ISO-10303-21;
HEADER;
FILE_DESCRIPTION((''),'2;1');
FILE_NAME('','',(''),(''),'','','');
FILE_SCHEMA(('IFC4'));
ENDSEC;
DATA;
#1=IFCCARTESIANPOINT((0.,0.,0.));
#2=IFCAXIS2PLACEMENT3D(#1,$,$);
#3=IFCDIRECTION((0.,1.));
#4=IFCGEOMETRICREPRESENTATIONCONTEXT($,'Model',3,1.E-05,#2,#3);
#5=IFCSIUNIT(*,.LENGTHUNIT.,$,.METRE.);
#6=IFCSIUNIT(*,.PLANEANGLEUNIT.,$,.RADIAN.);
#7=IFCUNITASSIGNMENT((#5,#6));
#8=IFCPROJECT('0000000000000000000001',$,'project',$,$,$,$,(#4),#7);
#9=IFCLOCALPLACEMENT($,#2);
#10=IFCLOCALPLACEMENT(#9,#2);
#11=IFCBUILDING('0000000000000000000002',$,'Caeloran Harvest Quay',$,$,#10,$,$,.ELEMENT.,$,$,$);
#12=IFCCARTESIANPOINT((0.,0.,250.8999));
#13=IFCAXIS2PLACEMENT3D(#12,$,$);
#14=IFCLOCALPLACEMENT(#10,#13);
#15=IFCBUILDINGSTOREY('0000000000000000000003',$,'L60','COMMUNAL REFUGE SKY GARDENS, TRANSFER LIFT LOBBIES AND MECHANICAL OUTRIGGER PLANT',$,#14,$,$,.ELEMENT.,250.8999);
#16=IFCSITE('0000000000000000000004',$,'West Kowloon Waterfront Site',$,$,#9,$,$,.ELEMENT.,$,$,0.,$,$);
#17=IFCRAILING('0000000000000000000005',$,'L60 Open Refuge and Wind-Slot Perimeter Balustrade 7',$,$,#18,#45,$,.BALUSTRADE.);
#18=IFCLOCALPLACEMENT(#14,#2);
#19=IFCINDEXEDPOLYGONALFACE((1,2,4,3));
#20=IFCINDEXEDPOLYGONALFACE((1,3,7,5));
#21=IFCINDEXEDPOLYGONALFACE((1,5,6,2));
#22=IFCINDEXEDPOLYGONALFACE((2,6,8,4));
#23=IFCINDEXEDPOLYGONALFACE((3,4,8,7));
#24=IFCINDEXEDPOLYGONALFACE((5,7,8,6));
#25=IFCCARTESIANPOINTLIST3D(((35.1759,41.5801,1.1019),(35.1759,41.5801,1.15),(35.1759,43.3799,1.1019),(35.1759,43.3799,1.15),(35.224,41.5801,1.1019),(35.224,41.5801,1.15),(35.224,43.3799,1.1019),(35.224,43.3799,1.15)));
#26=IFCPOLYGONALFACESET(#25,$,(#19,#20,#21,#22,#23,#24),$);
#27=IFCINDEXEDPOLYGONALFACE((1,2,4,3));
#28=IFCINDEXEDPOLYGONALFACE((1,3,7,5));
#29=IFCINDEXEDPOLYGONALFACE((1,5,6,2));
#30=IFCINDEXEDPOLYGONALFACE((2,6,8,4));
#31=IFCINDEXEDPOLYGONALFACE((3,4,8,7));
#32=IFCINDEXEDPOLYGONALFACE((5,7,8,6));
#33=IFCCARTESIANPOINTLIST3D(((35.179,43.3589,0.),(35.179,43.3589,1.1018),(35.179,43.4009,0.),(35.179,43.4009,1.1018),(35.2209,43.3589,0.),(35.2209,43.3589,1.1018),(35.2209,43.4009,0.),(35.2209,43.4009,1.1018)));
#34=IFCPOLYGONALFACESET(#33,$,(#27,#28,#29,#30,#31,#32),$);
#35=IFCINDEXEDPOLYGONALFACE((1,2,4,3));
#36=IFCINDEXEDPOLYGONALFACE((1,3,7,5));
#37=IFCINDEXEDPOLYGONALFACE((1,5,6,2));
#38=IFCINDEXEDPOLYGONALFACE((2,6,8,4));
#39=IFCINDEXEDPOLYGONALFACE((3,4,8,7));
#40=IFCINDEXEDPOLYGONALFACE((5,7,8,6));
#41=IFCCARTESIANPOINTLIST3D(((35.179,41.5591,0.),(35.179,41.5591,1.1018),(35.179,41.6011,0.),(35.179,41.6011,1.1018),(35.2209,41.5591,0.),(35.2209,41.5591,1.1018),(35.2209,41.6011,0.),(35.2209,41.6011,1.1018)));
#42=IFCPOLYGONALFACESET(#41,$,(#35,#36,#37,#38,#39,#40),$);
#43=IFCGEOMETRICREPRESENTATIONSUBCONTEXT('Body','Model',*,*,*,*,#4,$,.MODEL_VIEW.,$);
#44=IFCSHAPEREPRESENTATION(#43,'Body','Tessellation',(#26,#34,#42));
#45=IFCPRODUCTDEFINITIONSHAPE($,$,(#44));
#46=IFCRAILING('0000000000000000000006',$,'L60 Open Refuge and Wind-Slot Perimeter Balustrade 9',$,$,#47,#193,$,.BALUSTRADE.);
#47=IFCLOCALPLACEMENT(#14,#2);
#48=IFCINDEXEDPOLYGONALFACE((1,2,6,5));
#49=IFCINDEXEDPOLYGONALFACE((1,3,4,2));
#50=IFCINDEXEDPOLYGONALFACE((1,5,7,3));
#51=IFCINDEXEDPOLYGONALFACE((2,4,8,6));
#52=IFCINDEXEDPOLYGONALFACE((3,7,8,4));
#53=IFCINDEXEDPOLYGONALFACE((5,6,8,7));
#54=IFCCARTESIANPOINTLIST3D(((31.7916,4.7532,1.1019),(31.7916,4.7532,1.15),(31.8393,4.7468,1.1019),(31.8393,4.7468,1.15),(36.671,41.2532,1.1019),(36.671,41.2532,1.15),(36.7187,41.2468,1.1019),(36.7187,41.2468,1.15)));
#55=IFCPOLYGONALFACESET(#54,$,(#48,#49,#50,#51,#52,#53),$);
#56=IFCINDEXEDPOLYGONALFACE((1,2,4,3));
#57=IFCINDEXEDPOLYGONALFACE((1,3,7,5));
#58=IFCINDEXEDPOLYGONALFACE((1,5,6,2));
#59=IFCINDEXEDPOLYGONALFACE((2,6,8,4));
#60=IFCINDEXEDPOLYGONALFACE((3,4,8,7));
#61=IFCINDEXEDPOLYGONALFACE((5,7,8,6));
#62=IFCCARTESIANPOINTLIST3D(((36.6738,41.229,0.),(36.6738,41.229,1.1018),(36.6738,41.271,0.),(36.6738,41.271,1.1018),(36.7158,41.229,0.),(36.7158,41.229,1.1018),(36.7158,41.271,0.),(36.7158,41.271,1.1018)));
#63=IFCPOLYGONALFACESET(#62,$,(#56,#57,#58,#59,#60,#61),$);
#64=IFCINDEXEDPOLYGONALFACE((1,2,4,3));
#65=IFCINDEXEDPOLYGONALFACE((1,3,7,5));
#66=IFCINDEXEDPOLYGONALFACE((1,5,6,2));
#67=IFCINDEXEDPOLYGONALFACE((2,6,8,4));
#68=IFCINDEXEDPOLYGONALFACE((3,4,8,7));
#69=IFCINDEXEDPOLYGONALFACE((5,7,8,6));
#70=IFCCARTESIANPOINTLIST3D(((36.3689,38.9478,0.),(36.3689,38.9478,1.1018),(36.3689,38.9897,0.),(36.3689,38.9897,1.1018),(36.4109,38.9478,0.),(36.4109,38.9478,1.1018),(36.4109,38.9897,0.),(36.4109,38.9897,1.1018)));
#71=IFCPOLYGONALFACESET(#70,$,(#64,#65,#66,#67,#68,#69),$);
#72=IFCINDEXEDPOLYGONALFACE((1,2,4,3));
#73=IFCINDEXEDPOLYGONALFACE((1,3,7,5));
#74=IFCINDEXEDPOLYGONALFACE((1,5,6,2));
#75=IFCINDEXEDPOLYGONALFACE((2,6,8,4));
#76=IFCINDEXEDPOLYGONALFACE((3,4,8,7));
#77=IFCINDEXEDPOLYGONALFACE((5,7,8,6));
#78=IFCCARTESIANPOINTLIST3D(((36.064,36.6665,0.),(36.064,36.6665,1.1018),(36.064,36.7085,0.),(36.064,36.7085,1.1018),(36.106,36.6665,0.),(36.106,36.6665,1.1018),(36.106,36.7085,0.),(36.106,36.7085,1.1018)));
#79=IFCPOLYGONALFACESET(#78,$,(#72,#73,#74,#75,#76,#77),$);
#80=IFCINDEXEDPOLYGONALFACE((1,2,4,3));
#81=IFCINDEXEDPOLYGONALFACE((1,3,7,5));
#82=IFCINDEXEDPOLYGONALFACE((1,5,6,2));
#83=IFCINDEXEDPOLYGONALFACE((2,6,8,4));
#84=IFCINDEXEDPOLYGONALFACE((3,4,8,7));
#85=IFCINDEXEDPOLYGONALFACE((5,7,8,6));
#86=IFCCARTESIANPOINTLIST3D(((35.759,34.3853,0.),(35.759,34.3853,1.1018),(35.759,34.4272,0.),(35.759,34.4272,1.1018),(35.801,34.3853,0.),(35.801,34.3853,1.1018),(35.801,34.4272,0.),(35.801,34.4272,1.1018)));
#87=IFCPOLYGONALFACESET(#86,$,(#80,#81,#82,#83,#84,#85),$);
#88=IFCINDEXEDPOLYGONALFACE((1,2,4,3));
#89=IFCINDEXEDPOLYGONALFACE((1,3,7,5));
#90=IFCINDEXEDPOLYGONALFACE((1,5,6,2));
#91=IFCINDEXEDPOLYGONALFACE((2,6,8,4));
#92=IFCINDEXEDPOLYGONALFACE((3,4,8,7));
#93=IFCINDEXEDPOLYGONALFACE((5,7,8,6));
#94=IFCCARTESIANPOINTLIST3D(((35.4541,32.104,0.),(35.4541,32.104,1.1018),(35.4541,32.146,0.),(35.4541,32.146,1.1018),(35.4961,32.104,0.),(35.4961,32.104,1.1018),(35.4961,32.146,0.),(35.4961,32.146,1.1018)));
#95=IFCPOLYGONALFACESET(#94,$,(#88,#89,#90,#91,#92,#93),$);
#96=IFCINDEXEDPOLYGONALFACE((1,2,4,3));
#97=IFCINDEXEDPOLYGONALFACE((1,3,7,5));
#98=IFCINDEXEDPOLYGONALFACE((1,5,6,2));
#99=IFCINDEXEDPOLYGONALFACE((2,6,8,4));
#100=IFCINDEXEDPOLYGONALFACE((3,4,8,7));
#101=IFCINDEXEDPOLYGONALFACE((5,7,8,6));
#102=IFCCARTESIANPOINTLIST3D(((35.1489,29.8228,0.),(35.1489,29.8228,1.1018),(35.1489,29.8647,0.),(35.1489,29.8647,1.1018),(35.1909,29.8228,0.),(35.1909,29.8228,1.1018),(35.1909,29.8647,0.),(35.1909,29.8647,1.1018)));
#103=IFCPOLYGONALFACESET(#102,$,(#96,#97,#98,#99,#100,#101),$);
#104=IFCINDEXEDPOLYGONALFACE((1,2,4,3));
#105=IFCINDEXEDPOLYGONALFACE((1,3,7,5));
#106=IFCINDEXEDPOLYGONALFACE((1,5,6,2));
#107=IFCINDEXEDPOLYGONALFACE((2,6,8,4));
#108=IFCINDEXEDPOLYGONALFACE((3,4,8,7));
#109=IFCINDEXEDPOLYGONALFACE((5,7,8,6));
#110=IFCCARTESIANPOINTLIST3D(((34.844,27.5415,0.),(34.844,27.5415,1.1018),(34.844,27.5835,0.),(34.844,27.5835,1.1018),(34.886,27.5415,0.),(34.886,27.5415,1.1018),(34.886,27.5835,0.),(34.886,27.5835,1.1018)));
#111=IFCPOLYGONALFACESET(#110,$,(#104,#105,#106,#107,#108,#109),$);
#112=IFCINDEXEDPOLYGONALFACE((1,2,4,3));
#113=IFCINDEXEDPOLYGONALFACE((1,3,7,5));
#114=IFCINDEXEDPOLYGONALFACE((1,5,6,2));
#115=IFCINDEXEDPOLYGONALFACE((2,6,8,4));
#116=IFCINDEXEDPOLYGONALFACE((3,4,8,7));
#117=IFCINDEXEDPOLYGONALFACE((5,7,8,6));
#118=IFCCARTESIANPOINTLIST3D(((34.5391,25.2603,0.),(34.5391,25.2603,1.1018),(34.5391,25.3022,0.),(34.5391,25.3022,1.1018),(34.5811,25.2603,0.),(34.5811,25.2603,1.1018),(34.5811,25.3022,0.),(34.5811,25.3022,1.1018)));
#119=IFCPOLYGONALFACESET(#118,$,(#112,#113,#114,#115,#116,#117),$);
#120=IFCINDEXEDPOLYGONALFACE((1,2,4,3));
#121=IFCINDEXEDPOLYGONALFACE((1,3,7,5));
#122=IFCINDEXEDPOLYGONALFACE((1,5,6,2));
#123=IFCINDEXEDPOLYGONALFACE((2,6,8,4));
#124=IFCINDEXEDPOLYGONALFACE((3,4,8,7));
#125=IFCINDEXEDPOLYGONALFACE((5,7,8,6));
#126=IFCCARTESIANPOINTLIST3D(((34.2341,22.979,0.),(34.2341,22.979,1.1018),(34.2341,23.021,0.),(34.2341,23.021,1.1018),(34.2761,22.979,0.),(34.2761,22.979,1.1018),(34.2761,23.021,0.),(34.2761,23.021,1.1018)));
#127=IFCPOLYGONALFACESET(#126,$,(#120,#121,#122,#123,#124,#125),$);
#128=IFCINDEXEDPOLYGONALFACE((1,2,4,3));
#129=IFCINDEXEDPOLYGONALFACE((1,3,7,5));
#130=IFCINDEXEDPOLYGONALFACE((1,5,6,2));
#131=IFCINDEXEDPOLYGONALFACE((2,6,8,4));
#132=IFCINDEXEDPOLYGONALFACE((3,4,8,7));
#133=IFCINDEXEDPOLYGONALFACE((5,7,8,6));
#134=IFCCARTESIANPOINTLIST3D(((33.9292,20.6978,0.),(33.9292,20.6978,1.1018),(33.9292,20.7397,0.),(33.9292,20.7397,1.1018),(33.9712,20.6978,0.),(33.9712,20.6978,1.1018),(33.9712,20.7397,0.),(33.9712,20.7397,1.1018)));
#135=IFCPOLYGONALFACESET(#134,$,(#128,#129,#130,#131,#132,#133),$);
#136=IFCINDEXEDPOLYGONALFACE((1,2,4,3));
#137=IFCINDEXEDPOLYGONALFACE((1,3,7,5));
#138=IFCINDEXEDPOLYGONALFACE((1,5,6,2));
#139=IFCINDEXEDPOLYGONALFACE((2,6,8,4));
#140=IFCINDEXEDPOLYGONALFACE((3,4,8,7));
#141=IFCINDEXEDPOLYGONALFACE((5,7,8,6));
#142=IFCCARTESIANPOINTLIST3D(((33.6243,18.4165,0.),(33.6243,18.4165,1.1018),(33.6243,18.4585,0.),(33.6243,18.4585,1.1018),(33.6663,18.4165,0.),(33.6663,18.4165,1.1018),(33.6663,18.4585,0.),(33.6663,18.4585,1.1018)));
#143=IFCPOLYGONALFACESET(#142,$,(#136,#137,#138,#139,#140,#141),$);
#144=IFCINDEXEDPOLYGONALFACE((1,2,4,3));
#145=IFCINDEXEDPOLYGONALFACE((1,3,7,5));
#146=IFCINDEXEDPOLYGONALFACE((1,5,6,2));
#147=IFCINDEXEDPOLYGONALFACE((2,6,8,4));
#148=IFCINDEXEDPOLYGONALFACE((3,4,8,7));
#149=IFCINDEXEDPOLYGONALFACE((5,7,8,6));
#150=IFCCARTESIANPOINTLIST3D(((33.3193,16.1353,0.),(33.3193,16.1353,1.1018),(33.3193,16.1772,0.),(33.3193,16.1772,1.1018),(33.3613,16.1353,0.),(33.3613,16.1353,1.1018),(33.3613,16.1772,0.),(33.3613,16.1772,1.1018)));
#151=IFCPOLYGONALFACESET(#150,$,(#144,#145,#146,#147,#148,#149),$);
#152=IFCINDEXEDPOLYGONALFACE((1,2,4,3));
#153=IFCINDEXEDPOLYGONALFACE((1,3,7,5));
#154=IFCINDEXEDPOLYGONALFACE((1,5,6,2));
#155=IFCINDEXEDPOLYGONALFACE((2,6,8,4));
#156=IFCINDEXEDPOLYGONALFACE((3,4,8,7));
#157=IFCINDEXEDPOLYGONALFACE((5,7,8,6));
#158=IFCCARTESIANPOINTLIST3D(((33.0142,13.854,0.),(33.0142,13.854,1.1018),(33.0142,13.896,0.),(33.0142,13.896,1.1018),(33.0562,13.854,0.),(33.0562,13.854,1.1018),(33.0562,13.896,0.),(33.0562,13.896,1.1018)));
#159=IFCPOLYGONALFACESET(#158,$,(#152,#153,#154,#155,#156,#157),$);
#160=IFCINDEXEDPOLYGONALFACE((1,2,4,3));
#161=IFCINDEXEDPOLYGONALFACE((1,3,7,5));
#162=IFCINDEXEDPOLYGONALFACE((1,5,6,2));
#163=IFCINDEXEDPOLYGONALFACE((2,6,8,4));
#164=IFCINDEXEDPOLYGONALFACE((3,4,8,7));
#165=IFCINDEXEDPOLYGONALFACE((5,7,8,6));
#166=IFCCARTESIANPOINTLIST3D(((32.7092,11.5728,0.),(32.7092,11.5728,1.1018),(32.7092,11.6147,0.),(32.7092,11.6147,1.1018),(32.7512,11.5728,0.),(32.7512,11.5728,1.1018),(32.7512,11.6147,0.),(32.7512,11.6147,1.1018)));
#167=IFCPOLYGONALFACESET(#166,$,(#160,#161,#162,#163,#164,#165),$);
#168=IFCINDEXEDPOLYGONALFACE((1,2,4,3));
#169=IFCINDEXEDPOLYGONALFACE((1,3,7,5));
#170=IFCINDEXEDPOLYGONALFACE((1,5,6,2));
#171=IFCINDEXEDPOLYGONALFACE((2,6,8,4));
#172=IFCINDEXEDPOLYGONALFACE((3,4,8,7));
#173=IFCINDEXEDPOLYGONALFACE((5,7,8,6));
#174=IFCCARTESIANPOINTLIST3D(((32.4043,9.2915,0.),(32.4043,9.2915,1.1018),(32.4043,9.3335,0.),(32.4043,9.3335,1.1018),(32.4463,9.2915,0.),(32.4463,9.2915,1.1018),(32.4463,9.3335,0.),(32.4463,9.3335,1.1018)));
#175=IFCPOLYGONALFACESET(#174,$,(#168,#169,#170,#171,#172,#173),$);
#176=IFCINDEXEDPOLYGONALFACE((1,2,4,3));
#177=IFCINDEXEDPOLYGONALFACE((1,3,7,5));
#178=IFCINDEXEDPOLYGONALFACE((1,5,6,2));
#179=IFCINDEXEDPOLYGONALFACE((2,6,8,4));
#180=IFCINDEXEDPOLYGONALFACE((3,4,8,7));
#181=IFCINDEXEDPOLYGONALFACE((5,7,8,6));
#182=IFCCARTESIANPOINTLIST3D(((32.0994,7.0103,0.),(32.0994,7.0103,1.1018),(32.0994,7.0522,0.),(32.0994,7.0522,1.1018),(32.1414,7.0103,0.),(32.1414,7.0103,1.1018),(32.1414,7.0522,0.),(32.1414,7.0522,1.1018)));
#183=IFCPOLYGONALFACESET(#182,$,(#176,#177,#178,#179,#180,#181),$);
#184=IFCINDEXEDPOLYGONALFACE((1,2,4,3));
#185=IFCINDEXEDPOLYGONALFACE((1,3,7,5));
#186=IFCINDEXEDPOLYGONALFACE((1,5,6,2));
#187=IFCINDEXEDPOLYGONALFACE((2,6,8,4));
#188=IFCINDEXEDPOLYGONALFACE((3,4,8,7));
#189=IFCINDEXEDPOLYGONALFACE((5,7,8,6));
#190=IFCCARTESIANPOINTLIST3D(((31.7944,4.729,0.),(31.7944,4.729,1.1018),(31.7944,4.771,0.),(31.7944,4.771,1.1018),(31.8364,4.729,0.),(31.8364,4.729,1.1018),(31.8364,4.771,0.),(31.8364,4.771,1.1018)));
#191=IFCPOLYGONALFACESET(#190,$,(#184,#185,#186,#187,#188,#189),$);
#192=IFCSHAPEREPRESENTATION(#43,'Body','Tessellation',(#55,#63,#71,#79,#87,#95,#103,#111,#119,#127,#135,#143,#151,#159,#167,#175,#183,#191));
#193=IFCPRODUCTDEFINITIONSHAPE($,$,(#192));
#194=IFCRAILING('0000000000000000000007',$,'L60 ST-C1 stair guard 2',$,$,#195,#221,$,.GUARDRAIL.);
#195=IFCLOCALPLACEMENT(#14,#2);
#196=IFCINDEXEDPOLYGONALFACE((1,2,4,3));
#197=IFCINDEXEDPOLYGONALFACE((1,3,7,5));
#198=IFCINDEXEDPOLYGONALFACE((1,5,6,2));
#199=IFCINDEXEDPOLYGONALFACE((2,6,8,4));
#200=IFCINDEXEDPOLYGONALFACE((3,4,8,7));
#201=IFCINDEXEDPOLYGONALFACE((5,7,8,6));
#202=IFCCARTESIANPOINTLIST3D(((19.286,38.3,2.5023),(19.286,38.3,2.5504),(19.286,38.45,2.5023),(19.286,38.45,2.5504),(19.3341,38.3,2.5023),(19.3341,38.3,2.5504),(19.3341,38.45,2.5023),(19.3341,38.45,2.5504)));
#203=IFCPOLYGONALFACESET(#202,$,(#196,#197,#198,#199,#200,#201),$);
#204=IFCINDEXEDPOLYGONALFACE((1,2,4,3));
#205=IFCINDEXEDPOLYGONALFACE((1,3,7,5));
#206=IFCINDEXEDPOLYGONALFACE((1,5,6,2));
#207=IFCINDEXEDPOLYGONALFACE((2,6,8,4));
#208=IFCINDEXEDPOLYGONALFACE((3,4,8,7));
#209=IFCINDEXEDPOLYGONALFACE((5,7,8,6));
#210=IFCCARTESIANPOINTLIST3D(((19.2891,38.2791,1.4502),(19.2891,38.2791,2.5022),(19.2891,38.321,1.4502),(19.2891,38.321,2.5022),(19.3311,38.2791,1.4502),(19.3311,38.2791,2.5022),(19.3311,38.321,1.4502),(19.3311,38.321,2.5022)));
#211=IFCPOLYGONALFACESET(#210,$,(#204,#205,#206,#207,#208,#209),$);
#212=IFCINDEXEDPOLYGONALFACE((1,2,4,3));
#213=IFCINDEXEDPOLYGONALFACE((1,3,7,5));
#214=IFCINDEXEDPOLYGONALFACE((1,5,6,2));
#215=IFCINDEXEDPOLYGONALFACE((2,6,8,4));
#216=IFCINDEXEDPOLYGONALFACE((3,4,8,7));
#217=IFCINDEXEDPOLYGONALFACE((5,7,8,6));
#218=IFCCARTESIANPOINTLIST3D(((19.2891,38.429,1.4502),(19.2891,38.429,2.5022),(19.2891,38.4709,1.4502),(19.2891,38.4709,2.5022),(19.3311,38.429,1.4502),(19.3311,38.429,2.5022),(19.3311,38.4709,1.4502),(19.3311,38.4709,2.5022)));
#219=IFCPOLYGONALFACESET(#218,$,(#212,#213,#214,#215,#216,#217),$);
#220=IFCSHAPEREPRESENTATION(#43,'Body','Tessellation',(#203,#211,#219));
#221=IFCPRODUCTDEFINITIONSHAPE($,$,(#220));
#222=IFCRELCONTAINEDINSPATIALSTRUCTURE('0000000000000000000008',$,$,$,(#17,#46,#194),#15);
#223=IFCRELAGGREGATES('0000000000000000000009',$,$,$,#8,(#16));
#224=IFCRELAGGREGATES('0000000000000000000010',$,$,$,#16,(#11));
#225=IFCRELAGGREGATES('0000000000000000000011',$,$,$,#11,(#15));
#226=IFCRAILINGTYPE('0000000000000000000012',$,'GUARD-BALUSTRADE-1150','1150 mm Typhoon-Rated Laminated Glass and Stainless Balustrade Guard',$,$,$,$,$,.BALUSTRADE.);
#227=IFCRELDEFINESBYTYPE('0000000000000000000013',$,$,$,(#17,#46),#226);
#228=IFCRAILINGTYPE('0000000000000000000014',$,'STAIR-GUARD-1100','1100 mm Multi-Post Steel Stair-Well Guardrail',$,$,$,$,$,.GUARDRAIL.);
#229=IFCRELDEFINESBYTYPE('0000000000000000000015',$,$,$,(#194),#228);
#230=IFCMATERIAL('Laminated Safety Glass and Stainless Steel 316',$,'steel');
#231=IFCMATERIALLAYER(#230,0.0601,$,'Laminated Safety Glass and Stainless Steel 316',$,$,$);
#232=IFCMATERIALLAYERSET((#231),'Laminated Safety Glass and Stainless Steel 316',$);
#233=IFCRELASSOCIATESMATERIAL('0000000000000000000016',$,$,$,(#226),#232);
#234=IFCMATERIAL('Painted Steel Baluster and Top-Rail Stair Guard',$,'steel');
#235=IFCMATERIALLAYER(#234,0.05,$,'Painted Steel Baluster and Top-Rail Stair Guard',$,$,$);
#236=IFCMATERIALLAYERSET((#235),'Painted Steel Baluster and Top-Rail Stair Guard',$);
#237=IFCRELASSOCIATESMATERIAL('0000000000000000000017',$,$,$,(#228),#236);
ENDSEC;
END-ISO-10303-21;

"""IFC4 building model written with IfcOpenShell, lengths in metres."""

from ifc_helpers import new_model, si_unit, direction, frame, origin, origin_2d, place, context, subcontext, project, spatial, rectangle, extrude, material, layer, layer_set, type_object, element, save


model = new_model("IFC4")

# Units and contexts
model_context = context("Model", 3, precision=1e-05, world=origin(), true_north=direction((0.0, 1.0)))
body_context = subcontext(model_context, "Body", "Model", "MODEL_VIEW")
ifc_project = project(units=[si_unit("LENGTHUNIT", "METRE"), si_unit("PLANEANGLEUNIT", "RADIAN")], contexts=[model_context])

# Site, building, storey
site_placement = place(None, origin())
site = spatial("IfcSite", under=ifc_project, at=site_placement, Name="West Kowloon Waterfront Site", CompositionType="ELEMENT", RefElevation=0.0)
building_placement = place(site_placement, origin())
building = spatial("IfcBuilding", under=site, at=building_placement, Name="Caeloran Harvest Quay", CompositionType="ELEMENT")
storey_placement = place(building_placement, frame((0.0, 0.0, 250.8999)))
storey = spatial("IfcBuildingStorey", under=building, at=storey_placement, Name="L60", Description="COMMUNAL REFUGE SKY GARDENS, TRANSFER LIFT LOBBIES AND MECHANICAL OUTRIGGER PLANT", CompositionType="ELEMENT", Elevation=250.8999)

# Railings
ifc_material_1 = material(Name="Laminated Safety Glass and Stainless Steel 316", Category="steel")
ifc_layer_1 = layer(ifc_material_1, 0.0601, Name="Laminated Safety Glass and Stainless Steel 316")
ifc_layer_set_1 = layer_set([ifc_layer_1], Name="Laminated Safety Glass and Stainless Steel 316")
railing_type_1 = type_object("IfcRailingType", Name="GUARD-BALUSTRADE-1150", Description="1150 mm Typhoon-Rated Laminated Glass and Stainless Balustrade Guard", PredefinedType="BALUSTRADE", material=ifc_layer_set_1)
railing_1_placement = place(storey_placement, frame((35.2, 43.3799, 0.0)))
element("IfcRailing", 1, at=railing_1_placement, inside=storey, type_object=railing_type_1, Name="L60 Open Refuge and Wind-Slot Perimeter Balustrade 7", PredefinedType="BALUSTRADE", context=body_context, shape_type="SweptSolid", body=[
    extrude(rectangle(XDim=0.0481, YDim=0.0481, at=origin_2d()), frame((0.0, 0.0, 1.126), z_axis=(0.0, -1.0, 0.0), x_axis=(1.0, 0.0, 0.0)), (0.0, 0.0, 1.0), 1.7998),
    extrude(rectangle(XDim=0.042, YDim=0.042, at=origin_2d()), origin(), (0.0, 0.0, 1.0), 1.1018),
    extrude(rectangle(XDim=0.042, YDim=0.042, at=origin_2d()), frame((0.0, -1.7998, 0.0)), (0.0, 0.0, 1.0), 1.1018),
])
railing_2_placement = place(storey_placement, frame((36.6948, 41.25, 0.0)))
element("IfcRailing", 2, at=railing_2_placement, inside=storey, type_object=railing_type_1, Name="L60 Open Refuge and Wind-Slot Perimeter Balustrade 9", PredefinedType="BALUSTRADE", context=body_context, shape_type="SweptSolid", body=[
    extrude(rectangle(XDim=0.0481, YDim=0.0481, at=origin_2d()), frame((0.0, 0.0, 1.126), z_axis=(-0.132503, -0.991183, 0.0), x_axis=(0.991183, -0.132503, 0.0)), (0.0, 0.0, 1.0), 36.8247),
    extrude(rectangle(XDim=0.042, YDim=0.042, at=origin_2d()), origin(), (0.0, 0.0, 1.0), 1.1018),
    extrude(rectangle(XDim=0.042, YDim=0.042, at=origin_2d()), frame((-0.3049, -2.2812, 0.0)), (0.0, 0.0, 1.0), 1.1018),
    extrude(rectangle(XDim=0.042, YDim=0.042, at=origin_2d()), frame((-0.6099, -4.5625, 0.0)), (0.0, 0.0, 1.0), 1.1018),
    extrude(rectangle(XDim=0.042, YDim=0.042, at=origin_2d()), frame((-0.9148, -6.8438, 0.0)), (0.0, 0.0, 1.0), 1.1018),
    extrude(rectangle(XDim=0.042, YDim=0.042, at=origin_2d()), frame((-1.2197, -9.125, 0.0)), (0.0, 0.0, 1.0), 1.1018),
    extrude(rectangle(XDim=0.042, YDim=0.042, at=origin_2d()), frame((-1.5249, -11.4062, 0.0)), (0.0, 0.0, 1.0), 1.1018),
    extrude(rectangle(XDim=0.042, YDim=0.042, at=origin_2d()), frame((-1.8298, -13.6875, 0.0)), (0.0, 0.0, 1.0), 1.1018),
    extrude(rectangle(XDim=0.042, YDim=0.042, at=origin_2d()), frame((-2.1348, -15.9688, 0.0)), (0.0, 0.0, 1.0), 1.1018),
    extrude(rectangle(XDim=0.042, YDim=0.042, at=origin_2d()), frame((-2.4397, -18.25, 0.0)), (0.0, 0.0, 1.0), 1.1018),
    extrude(rectangle(XDim=0.042, YDim=0.042, at=origin_2d()), frame((-2.7446, -20.5312, 0.0)), (0.0, 0.0, 1.0), 1.1018),
    extrude(rectangle(XDim=0.042, YDim=0.042, at=origin_2d()), frame((-3.0496, -22.8125, 0.0)), (0.0, 0.0, 1.0), 1.1018),
    extrude(rectangle(XDim=0.042, YDim=0.042, at=origin_2d()), frame((-3.3545, -25.0938, 0.0)), (0.0, 0.0, 1.0), 1.1018),
    extrude(rectangle(XDim=0.042, YDim=0.042, at=origin_2d()), frame((-3.6597, -27.375, 0.0)), (0.0, 0.0, 1.0), 1.1018),
    extrude(rectangle(XDim=0.042, YDim=0.042, at=origin_2d()), frame((-3.9646, -29.6562, 0.0)), (0.0, 0.0, 1.0), 1.1018),
    extrude(rectangle(XDim=0.042, YDim=0.042, at=origin_2d()), frame((-4.2695, -31.9375, 0.0)), (0.0, 0.0, 1.0), 1.1018),
    extrude(rectangle(XDim=0.042, YDim=0.042, at=origin_2d()), frame((-4.5745, -34.2188, 0.0)), (0.0, 0.0, 1.0), 1.1018),
    extrude(rectangle(XDim=0.042, YDim=0.042, at=origin_2d()), frame((-4.8794, -36.5, 0.0)), (0.0, 0.0, 1.0), 1.1018),
])
ifc_material_2 = material(Name="Painted Steel Baluster and Top-Rail Stair Guard", Category="steel")
ifc_layer_2 = layer(ifc_material_2, 0.05, Name="Painted Steel Baluster and Top-Rail Stair Guard")
ifc_layer_set_2 = layer_set([ifc_layer_2], Name="Painted Steel Baluster and Top-Rail Stair Guard")
railing_type_2 = type_object("IfcRailingType", Name="STAIR-GUARD-1100", Description="1100 mm Multi-Post Steel Stair-Well Guardrail", PredefinedType="GUARDRAIL", material=ifc_layer_set_2)
for number, where, name in (
    (3, (19.3101, 38.3, 1.4502), "L60 ST-C1 stair guard 2"),
):
    element("IfcRailing", number, at=place(storey_placement, frame(where)), inside=storey, type_object=railing_type_2, Name=name, PredefinedType="GUARDRAIL", context=body_context, shape_type="SweptSolid", body=[
        extrude(rectangle(XDim=0.0481, YDim=0.0481, at=origin_2d()), frame((0.0, 0.0, 1.0762), z_axis=(0.0, 1.0, 0.0), x_axis=(-1.0, 0.0, 0.0)), (0.0, 0.0, 1.0), 0.1499),
        extrude(rectangle(XDim=0.042, YDim=0.042, at=origin_2d()), origin(), (0.0, 0.0, 1.0), 1.052),
        extrude(rectangle(XDim=0.042, YDim=0.042, at=origin_2d()), frame((0.0, 0.1499, 0.0)), (0.0, 0.0, 1.0), 1.052),
    ])

save(model, "model.ifc")
